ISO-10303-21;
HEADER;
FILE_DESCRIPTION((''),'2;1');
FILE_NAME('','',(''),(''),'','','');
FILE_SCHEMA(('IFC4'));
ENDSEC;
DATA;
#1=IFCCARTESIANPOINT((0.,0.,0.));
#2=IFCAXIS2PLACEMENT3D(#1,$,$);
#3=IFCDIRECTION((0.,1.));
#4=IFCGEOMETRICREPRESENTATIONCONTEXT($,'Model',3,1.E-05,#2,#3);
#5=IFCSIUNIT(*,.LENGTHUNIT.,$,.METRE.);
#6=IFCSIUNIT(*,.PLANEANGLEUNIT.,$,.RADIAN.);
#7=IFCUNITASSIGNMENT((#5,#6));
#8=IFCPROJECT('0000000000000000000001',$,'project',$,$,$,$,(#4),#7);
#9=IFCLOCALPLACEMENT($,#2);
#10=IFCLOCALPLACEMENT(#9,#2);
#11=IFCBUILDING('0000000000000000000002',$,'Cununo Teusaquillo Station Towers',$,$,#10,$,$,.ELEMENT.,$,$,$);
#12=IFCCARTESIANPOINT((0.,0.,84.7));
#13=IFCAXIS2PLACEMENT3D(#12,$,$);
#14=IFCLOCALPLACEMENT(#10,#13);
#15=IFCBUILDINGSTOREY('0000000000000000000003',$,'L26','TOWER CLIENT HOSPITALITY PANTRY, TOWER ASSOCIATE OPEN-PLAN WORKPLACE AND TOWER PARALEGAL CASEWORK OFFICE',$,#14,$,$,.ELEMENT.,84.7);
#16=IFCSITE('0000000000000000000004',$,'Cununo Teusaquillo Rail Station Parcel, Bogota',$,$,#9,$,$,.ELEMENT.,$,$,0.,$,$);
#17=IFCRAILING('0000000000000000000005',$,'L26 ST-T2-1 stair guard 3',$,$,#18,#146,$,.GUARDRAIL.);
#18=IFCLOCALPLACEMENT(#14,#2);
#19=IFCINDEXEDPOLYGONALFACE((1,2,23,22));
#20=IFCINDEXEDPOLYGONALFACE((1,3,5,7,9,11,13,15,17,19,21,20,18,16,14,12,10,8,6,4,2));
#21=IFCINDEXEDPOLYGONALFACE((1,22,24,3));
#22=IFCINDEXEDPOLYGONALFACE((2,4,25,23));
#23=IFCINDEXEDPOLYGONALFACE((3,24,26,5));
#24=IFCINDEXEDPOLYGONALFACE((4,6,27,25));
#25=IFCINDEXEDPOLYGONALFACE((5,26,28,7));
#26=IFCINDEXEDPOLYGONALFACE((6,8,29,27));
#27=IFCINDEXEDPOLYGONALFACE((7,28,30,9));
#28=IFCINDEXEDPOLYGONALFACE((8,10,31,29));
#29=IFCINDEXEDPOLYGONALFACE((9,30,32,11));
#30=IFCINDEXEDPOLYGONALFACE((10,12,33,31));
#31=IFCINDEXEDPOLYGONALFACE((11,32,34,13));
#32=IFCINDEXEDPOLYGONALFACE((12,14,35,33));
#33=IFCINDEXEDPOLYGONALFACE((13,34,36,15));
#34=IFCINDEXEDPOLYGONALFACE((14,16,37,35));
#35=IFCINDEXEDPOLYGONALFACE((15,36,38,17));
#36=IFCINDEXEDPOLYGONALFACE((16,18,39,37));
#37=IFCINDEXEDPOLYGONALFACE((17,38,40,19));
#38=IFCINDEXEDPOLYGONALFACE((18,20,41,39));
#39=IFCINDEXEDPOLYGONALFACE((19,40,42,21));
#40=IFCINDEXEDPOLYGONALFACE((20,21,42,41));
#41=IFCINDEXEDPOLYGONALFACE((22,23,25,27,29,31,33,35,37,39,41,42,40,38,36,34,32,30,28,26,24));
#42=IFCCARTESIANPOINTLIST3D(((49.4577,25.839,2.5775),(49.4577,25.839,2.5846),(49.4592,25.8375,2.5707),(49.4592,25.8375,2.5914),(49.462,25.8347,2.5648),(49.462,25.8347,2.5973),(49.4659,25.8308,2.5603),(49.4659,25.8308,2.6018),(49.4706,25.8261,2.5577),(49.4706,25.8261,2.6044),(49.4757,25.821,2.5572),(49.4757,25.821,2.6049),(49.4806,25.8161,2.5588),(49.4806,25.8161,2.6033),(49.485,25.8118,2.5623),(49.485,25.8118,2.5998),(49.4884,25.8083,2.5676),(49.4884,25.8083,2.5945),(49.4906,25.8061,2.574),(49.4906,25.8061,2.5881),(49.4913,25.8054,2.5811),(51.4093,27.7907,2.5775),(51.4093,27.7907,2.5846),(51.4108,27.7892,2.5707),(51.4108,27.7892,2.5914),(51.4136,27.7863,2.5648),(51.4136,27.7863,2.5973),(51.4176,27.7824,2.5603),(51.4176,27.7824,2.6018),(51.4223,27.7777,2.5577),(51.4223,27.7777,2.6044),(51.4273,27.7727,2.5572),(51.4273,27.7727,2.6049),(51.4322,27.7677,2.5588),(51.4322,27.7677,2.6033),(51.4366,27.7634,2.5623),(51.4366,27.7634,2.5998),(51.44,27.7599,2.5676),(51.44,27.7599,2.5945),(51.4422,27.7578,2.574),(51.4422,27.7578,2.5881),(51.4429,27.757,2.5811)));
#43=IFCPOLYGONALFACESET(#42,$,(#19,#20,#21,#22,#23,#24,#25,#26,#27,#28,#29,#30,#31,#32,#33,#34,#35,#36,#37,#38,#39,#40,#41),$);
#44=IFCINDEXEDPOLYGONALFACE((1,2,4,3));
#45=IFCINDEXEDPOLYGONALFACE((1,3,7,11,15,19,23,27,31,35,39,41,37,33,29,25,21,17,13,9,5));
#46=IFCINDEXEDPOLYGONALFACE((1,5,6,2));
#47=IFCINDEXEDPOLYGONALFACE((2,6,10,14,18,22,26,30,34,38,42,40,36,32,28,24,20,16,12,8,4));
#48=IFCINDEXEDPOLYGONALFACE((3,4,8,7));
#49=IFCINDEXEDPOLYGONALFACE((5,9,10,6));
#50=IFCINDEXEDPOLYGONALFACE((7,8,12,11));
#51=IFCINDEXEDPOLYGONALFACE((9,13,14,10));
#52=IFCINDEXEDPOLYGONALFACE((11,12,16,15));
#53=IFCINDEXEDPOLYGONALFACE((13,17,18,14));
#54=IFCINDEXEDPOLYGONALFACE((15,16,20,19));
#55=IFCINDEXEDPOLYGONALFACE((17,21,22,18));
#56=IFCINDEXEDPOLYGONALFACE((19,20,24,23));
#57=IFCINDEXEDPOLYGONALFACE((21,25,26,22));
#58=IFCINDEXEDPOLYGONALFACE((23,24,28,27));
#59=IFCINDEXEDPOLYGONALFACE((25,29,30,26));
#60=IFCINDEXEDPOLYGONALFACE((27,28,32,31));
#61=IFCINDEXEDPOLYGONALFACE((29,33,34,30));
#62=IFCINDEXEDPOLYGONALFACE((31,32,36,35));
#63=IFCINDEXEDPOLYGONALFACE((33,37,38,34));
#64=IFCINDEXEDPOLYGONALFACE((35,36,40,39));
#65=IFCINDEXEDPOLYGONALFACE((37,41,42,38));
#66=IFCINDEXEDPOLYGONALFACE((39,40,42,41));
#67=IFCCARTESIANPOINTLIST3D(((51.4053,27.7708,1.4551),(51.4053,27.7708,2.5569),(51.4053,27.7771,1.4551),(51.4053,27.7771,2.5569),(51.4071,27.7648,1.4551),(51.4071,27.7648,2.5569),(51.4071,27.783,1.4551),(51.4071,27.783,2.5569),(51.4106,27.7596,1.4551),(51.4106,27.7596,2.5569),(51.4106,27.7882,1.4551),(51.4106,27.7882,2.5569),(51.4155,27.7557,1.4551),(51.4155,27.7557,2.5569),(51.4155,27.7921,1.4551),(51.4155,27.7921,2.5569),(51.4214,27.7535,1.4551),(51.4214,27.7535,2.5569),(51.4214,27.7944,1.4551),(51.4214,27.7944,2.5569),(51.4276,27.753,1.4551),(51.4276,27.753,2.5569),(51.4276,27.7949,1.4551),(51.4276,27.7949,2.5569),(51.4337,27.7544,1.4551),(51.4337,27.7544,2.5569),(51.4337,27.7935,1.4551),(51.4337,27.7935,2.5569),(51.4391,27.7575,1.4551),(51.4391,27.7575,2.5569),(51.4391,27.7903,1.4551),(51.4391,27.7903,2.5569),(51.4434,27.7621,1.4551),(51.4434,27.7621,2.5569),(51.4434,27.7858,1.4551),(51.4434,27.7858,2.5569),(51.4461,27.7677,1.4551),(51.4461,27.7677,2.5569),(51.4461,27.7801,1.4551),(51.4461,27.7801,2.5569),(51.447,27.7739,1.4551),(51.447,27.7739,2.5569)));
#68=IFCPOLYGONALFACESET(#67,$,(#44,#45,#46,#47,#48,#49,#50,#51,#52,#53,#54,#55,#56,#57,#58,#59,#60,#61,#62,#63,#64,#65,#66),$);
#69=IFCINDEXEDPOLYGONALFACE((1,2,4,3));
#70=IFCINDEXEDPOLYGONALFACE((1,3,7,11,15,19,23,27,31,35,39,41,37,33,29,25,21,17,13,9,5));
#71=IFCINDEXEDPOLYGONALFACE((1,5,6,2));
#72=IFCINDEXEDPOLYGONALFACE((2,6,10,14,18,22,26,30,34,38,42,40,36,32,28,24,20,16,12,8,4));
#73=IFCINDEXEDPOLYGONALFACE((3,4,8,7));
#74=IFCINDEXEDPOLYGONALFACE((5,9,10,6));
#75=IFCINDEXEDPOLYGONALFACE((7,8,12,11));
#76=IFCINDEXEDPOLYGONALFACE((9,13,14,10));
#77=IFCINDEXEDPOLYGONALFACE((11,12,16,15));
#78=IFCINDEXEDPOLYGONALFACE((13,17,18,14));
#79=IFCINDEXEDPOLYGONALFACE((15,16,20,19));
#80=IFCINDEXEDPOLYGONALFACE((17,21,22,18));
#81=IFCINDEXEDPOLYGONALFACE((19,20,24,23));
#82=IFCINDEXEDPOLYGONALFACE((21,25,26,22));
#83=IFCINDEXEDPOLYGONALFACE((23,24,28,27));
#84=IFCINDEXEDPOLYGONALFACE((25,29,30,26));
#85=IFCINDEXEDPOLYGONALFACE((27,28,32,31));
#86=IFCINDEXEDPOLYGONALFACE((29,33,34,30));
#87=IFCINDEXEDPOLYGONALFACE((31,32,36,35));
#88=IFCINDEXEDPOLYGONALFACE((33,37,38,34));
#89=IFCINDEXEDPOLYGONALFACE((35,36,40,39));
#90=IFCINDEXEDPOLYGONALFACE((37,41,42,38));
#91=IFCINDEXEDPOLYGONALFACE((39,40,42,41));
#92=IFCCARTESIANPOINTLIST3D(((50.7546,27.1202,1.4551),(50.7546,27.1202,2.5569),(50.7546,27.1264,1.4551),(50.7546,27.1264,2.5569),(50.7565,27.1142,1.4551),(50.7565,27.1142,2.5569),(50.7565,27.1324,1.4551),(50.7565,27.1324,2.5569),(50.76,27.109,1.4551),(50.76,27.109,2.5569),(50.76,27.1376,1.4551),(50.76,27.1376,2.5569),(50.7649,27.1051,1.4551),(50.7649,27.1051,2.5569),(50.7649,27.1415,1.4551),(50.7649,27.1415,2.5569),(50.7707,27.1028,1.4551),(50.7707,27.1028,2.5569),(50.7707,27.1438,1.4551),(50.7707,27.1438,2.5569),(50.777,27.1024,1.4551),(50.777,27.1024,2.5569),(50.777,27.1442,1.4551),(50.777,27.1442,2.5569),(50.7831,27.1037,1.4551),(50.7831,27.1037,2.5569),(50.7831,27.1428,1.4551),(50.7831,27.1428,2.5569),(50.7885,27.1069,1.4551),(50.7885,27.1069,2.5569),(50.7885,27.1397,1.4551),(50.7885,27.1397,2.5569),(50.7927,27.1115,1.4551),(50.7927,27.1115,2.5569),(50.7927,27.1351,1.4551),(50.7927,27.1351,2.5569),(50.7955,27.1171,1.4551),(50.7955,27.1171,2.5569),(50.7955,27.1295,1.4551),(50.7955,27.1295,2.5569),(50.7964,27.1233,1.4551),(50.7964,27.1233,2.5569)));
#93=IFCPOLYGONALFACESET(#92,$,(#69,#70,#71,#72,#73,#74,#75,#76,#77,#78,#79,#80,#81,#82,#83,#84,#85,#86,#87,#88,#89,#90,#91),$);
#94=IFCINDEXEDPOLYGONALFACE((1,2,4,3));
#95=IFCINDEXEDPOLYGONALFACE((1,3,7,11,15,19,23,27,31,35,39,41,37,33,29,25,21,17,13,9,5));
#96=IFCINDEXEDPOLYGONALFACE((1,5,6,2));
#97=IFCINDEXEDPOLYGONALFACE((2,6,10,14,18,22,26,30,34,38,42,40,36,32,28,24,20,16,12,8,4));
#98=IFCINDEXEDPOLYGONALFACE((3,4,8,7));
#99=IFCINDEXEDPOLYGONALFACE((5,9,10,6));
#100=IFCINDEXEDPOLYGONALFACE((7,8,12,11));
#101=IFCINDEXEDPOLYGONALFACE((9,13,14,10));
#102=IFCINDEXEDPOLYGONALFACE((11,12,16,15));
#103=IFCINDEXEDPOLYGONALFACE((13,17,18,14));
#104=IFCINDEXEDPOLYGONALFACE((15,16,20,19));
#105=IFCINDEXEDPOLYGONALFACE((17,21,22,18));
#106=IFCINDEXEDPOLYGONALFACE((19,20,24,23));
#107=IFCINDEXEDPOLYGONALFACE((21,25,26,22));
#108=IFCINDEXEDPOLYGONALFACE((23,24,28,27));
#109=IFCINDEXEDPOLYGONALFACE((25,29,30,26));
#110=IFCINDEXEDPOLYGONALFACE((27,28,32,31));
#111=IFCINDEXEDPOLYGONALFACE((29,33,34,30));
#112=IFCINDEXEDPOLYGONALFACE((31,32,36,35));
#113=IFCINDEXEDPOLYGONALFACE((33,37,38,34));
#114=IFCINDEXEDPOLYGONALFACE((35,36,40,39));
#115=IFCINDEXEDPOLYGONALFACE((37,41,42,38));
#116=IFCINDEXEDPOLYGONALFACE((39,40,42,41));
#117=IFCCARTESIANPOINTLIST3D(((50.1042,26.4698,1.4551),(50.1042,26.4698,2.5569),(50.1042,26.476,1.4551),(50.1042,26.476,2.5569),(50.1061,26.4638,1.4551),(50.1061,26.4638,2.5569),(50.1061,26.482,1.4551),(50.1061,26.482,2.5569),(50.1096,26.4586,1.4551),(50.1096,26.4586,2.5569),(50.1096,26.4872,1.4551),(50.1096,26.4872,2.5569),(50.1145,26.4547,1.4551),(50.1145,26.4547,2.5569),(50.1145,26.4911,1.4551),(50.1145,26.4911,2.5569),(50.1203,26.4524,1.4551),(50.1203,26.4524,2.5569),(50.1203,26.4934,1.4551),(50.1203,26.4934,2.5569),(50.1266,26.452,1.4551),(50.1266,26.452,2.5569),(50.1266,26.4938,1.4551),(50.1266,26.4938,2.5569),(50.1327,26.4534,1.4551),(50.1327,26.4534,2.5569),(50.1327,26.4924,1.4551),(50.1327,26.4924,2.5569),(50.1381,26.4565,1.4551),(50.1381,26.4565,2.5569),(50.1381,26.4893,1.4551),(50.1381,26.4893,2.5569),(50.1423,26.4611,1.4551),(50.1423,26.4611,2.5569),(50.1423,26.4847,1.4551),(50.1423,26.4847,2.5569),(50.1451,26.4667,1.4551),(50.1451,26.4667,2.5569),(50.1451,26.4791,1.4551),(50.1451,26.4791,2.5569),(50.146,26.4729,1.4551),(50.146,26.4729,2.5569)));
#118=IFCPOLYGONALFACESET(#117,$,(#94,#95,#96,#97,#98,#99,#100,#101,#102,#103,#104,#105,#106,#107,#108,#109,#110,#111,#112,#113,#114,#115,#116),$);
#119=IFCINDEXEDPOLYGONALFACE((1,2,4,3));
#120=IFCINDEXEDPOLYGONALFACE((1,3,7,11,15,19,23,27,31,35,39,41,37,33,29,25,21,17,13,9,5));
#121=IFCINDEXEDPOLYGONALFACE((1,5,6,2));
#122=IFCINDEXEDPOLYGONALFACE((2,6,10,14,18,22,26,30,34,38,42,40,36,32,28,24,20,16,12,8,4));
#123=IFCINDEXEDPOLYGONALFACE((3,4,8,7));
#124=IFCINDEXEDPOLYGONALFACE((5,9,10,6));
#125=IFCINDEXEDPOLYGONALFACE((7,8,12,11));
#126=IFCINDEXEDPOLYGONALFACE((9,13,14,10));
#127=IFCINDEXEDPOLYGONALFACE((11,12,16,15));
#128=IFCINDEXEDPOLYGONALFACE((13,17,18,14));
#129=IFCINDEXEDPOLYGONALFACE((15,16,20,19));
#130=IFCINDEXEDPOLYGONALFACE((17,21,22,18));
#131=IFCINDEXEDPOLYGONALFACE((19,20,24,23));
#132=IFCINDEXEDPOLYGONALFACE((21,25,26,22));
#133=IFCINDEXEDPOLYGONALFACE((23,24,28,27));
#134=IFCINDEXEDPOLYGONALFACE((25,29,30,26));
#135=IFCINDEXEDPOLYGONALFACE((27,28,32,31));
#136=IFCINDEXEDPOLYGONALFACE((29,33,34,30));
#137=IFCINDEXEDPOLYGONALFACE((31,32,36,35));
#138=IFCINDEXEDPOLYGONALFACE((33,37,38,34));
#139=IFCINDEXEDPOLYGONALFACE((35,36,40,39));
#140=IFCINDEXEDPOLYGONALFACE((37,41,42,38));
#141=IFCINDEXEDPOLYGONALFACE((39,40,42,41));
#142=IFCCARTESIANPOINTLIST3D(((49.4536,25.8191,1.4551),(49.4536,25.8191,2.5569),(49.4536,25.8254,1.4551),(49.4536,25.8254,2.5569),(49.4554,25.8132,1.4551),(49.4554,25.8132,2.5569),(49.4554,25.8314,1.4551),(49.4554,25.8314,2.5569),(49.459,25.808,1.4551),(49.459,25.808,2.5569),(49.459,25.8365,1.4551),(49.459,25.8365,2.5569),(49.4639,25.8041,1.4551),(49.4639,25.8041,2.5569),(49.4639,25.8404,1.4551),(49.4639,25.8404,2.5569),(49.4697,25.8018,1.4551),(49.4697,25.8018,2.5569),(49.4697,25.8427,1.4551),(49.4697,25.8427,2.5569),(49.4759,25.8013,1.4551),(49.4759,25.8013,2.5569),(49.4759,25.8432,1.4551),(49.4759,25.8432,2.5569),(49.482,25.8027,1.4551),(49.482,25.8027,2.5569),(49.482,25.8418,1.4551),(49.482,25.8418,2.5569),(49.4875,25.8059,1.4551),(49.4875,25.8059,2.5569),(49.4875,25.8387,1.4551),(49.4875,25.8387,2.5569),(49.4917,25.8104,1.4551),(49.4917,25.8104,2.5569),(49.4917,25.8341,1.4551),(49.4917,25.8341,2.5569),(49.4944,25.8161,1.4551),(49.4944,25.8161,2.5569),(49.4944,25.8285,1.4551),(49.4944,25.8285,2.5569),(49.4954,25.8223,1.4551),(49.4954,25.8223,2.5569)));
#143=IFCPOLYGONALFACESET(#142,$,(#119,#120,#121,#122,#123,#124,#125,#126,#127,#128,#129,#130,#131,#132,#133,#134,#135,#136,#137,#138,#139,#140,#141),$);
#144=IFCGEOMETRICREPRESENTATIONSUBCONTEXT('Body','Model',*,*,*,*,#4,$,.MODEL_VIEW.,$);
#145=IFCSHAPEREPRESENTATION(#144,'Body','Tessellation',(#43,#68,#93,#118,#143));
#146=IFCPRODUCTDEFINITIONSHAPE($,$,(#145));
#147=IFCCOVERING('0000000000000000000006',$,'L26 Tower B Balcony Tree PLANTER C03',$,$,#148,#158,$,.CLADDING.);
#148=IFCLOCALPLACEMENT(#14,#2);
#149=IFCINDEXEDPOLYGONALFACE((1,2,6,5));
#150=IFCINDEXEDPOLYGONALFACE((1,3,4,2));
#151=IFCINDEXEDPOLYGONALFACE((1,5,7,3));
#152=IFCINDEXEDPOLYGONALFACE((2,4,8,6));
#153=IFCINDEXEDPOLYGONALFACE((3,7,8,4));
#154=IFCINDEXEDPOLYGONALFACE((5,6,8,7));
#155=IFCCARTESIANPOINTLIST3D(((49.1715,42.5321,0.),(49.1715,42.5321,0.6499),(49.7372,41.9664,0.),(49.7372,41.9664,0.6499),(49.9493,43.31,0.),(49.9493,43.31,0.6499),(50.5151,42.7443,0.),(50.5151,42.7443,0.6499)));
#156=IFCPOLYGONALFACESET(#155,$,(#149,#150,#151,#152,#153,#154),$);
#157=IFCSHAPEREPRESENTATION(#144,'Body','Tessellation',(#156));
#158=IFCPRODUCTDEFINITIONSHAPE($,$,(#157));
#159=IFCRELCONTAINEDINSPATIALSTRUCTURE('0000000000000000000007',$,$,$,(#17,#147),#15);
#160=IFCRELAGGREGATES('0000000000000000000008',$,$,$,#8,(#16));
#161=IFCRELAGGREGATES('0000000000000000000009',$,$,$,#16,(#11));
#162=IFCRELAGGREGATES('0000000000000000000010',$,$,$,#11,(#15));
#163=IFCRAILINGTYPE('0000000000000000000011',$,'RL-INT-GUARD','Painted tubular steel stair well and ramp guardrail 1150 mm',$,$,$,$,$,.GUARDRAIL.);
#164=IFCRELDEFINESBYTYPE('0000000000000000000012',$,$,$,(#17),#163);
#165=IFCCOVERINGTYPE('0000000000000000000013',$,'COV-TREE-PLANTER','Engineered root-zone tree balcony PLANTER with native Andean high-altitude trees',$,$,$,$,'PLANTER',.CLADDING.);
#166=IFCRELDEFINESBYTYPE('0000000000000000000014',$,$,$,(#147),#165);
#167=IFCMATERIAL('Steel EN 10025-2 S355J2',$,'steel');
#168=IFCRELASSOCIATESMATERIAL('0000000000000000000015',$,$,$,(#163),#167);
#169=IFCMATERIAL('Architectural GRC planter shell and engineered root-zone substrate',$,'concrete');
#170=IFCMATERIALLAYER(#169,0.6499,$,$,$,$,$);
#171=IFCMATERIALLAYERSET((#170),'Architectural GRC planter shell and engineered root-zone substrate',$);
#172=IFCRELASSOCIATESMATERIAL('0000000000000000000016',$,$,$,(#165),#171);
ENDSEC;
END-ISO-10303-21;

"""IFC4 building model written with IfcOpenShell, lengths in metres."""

from ifc_helpers import new_model, si_unit, direction, frame, origin, origin_2d, place, context, subcontext, project, spatial, rectangle, circle, extrude, source, transform, mapped, material, layer, layer_set, type_object, element, save


model = new_model("IFC4")

# Units and contexts
model_context = context("Model", 3, precision=1e-05, world=origin(), true_north=direction((0.0, 1.0)))
body_context = subcontext(model_context, "Body", "Model", "MODEL_VIEW")
ifc_project = project(units=[si_unit("LENGTHUNIT", "METRE"), si_unit("PLANEANGLEUNIT", "RADIAN")], contexts=[model_context])

# Site, building, storey
site_placement = place(None, origin())
site = spatial("IfcSite", under=ifc_project, at=site_placement, Name="Cununo Teusaquillo Rail Station Parcel, Bogota", CompositionType="ELEMENT", RefElevation=0.0)
building_placement = place(site_placement, origin())
building = spatial("IfcBuilding", under=site, at=building_placement, Name="Cununo Teusaquillo Station Towers", CompositionType="ELEMENT")
storey_placement = place(building_placement, frame((0.0, 0.0, 84.7)))
storey = spatial("IfcBuildingStorey", under=building, at=storey_placement, Name="L26", Description="TOWER CLIENT HOSPITALITY PANTRY, TOWER ASSOCIATE OPEN-PLAN WORKPLACE AND TOWER PARALEGAL CASEWORK OFFICE", CompositionType="ELEMENT", Elevation=84.7)

# Railing
ifc_material_1 = material(Name="Steel EN 10025-2 S355J2", Category="steel")
railing_type_1 = type_object("IfcRailingType", Name="RL-INT-GUARD", Description="Painted tubular steel stair well and ramp guardrail 1150 mm", PredefinedType="GUARDRAIL", material=ifc_material_1)
railing_1_placement = place(storey_placement, frame((51.426, 27.7739, 1.4551)))
element("IfcRailing", 1, at=railing_1_placement, inside=storey, type_object=railing_type_1, Name="L26 ST-T2-1 stair guard 3", PredefinedType="GUARDRAIL", context=body_context, shape_type="SweptSolid", body=[
    extrude(circle(Radius=0.0239, at=origin_2d()), frame((0.0, 0.0, 1.126), z_axis=(-0.707107, -0.707107, 0.0), x_axis=(0.707107, -0.707107, 0.0)), (0.0, 0.0, 1.0), 2.76),
    extrude(circle(Radius=0.021, at=origin_2d()), origin(), (0.0, 0.0, 1.0), 1.1018),
    extrude(circle(Radius=0.021, at=origin_2d()), frame((-0.6506, -0.6506, 0.0)), (0.0, 0.0, 1.0), 1.1018),
    extrude(circle(Radius=0.021, at=origin_2d()), frame((-1.301, -1.301, 0.0)), (0.0, 0.0, 1.0), 1.1018),
    extrude(circle(Radius=0.021, at=origin_2d()), frame((-1.9517, -1.9517, 0.0)), (0.0, 0.0, 1.0), 1.1018),
])

# Covering
ifc_material_2 = material(Name="Architectural GRC planter shell and engineered root-zone substrate", Category="concrete")
ifc_layer_1 = layer(ifc_material_2, 0.6499)
ifc_layer_set_1 = layer_set([ifc_layer_1], Name="Architectural GRC planter shell and engineered root-zone substrate")
covering_type = type_object("IfcCoveringType", Name="COV-TREE-PLANTER", Description="Engineered root-zone tree balcony PLANTER with native Andean high-altitude trees", ElementType="PLANTER", PredefinedType="CLADDING", material=ifc_layer_set_1)
shared_shape_1 = source(origin(), body_context, "Body", "SweptSolid", [
    extrude(rectangle(XDim=1.1001, YDim=0.8, at=origin_2d()), origin(), (0.0, 0.0, 1.0), 0.6499),
])
covering_placement = place(storey_placement, frame((49.8433, 42.6382, 0.0), z_axis=(0.0, 0.0, 1.0), x_axis=(0.707107, 0.707107, 0.0)))
element("IfcCovering", 2, at=covering_placement, inside=storey, type_object=covering_type, Name="L26 Tower B Balcony Tree PLANTER C03", PredefinedType="CLADDING", context=body_context, shape_type="MappedRepresentation", body=[
    mapped(shared_shape_1, transform((0.0, 0.0, 0.0), x_axis=(1.0, 0.0, 0.0), y_axis=(0.0, 1.0, 0.0), z_axis=(0.0, 0.0, 1.0), scale=1.0)),
])

save(model, "model.ifc")
